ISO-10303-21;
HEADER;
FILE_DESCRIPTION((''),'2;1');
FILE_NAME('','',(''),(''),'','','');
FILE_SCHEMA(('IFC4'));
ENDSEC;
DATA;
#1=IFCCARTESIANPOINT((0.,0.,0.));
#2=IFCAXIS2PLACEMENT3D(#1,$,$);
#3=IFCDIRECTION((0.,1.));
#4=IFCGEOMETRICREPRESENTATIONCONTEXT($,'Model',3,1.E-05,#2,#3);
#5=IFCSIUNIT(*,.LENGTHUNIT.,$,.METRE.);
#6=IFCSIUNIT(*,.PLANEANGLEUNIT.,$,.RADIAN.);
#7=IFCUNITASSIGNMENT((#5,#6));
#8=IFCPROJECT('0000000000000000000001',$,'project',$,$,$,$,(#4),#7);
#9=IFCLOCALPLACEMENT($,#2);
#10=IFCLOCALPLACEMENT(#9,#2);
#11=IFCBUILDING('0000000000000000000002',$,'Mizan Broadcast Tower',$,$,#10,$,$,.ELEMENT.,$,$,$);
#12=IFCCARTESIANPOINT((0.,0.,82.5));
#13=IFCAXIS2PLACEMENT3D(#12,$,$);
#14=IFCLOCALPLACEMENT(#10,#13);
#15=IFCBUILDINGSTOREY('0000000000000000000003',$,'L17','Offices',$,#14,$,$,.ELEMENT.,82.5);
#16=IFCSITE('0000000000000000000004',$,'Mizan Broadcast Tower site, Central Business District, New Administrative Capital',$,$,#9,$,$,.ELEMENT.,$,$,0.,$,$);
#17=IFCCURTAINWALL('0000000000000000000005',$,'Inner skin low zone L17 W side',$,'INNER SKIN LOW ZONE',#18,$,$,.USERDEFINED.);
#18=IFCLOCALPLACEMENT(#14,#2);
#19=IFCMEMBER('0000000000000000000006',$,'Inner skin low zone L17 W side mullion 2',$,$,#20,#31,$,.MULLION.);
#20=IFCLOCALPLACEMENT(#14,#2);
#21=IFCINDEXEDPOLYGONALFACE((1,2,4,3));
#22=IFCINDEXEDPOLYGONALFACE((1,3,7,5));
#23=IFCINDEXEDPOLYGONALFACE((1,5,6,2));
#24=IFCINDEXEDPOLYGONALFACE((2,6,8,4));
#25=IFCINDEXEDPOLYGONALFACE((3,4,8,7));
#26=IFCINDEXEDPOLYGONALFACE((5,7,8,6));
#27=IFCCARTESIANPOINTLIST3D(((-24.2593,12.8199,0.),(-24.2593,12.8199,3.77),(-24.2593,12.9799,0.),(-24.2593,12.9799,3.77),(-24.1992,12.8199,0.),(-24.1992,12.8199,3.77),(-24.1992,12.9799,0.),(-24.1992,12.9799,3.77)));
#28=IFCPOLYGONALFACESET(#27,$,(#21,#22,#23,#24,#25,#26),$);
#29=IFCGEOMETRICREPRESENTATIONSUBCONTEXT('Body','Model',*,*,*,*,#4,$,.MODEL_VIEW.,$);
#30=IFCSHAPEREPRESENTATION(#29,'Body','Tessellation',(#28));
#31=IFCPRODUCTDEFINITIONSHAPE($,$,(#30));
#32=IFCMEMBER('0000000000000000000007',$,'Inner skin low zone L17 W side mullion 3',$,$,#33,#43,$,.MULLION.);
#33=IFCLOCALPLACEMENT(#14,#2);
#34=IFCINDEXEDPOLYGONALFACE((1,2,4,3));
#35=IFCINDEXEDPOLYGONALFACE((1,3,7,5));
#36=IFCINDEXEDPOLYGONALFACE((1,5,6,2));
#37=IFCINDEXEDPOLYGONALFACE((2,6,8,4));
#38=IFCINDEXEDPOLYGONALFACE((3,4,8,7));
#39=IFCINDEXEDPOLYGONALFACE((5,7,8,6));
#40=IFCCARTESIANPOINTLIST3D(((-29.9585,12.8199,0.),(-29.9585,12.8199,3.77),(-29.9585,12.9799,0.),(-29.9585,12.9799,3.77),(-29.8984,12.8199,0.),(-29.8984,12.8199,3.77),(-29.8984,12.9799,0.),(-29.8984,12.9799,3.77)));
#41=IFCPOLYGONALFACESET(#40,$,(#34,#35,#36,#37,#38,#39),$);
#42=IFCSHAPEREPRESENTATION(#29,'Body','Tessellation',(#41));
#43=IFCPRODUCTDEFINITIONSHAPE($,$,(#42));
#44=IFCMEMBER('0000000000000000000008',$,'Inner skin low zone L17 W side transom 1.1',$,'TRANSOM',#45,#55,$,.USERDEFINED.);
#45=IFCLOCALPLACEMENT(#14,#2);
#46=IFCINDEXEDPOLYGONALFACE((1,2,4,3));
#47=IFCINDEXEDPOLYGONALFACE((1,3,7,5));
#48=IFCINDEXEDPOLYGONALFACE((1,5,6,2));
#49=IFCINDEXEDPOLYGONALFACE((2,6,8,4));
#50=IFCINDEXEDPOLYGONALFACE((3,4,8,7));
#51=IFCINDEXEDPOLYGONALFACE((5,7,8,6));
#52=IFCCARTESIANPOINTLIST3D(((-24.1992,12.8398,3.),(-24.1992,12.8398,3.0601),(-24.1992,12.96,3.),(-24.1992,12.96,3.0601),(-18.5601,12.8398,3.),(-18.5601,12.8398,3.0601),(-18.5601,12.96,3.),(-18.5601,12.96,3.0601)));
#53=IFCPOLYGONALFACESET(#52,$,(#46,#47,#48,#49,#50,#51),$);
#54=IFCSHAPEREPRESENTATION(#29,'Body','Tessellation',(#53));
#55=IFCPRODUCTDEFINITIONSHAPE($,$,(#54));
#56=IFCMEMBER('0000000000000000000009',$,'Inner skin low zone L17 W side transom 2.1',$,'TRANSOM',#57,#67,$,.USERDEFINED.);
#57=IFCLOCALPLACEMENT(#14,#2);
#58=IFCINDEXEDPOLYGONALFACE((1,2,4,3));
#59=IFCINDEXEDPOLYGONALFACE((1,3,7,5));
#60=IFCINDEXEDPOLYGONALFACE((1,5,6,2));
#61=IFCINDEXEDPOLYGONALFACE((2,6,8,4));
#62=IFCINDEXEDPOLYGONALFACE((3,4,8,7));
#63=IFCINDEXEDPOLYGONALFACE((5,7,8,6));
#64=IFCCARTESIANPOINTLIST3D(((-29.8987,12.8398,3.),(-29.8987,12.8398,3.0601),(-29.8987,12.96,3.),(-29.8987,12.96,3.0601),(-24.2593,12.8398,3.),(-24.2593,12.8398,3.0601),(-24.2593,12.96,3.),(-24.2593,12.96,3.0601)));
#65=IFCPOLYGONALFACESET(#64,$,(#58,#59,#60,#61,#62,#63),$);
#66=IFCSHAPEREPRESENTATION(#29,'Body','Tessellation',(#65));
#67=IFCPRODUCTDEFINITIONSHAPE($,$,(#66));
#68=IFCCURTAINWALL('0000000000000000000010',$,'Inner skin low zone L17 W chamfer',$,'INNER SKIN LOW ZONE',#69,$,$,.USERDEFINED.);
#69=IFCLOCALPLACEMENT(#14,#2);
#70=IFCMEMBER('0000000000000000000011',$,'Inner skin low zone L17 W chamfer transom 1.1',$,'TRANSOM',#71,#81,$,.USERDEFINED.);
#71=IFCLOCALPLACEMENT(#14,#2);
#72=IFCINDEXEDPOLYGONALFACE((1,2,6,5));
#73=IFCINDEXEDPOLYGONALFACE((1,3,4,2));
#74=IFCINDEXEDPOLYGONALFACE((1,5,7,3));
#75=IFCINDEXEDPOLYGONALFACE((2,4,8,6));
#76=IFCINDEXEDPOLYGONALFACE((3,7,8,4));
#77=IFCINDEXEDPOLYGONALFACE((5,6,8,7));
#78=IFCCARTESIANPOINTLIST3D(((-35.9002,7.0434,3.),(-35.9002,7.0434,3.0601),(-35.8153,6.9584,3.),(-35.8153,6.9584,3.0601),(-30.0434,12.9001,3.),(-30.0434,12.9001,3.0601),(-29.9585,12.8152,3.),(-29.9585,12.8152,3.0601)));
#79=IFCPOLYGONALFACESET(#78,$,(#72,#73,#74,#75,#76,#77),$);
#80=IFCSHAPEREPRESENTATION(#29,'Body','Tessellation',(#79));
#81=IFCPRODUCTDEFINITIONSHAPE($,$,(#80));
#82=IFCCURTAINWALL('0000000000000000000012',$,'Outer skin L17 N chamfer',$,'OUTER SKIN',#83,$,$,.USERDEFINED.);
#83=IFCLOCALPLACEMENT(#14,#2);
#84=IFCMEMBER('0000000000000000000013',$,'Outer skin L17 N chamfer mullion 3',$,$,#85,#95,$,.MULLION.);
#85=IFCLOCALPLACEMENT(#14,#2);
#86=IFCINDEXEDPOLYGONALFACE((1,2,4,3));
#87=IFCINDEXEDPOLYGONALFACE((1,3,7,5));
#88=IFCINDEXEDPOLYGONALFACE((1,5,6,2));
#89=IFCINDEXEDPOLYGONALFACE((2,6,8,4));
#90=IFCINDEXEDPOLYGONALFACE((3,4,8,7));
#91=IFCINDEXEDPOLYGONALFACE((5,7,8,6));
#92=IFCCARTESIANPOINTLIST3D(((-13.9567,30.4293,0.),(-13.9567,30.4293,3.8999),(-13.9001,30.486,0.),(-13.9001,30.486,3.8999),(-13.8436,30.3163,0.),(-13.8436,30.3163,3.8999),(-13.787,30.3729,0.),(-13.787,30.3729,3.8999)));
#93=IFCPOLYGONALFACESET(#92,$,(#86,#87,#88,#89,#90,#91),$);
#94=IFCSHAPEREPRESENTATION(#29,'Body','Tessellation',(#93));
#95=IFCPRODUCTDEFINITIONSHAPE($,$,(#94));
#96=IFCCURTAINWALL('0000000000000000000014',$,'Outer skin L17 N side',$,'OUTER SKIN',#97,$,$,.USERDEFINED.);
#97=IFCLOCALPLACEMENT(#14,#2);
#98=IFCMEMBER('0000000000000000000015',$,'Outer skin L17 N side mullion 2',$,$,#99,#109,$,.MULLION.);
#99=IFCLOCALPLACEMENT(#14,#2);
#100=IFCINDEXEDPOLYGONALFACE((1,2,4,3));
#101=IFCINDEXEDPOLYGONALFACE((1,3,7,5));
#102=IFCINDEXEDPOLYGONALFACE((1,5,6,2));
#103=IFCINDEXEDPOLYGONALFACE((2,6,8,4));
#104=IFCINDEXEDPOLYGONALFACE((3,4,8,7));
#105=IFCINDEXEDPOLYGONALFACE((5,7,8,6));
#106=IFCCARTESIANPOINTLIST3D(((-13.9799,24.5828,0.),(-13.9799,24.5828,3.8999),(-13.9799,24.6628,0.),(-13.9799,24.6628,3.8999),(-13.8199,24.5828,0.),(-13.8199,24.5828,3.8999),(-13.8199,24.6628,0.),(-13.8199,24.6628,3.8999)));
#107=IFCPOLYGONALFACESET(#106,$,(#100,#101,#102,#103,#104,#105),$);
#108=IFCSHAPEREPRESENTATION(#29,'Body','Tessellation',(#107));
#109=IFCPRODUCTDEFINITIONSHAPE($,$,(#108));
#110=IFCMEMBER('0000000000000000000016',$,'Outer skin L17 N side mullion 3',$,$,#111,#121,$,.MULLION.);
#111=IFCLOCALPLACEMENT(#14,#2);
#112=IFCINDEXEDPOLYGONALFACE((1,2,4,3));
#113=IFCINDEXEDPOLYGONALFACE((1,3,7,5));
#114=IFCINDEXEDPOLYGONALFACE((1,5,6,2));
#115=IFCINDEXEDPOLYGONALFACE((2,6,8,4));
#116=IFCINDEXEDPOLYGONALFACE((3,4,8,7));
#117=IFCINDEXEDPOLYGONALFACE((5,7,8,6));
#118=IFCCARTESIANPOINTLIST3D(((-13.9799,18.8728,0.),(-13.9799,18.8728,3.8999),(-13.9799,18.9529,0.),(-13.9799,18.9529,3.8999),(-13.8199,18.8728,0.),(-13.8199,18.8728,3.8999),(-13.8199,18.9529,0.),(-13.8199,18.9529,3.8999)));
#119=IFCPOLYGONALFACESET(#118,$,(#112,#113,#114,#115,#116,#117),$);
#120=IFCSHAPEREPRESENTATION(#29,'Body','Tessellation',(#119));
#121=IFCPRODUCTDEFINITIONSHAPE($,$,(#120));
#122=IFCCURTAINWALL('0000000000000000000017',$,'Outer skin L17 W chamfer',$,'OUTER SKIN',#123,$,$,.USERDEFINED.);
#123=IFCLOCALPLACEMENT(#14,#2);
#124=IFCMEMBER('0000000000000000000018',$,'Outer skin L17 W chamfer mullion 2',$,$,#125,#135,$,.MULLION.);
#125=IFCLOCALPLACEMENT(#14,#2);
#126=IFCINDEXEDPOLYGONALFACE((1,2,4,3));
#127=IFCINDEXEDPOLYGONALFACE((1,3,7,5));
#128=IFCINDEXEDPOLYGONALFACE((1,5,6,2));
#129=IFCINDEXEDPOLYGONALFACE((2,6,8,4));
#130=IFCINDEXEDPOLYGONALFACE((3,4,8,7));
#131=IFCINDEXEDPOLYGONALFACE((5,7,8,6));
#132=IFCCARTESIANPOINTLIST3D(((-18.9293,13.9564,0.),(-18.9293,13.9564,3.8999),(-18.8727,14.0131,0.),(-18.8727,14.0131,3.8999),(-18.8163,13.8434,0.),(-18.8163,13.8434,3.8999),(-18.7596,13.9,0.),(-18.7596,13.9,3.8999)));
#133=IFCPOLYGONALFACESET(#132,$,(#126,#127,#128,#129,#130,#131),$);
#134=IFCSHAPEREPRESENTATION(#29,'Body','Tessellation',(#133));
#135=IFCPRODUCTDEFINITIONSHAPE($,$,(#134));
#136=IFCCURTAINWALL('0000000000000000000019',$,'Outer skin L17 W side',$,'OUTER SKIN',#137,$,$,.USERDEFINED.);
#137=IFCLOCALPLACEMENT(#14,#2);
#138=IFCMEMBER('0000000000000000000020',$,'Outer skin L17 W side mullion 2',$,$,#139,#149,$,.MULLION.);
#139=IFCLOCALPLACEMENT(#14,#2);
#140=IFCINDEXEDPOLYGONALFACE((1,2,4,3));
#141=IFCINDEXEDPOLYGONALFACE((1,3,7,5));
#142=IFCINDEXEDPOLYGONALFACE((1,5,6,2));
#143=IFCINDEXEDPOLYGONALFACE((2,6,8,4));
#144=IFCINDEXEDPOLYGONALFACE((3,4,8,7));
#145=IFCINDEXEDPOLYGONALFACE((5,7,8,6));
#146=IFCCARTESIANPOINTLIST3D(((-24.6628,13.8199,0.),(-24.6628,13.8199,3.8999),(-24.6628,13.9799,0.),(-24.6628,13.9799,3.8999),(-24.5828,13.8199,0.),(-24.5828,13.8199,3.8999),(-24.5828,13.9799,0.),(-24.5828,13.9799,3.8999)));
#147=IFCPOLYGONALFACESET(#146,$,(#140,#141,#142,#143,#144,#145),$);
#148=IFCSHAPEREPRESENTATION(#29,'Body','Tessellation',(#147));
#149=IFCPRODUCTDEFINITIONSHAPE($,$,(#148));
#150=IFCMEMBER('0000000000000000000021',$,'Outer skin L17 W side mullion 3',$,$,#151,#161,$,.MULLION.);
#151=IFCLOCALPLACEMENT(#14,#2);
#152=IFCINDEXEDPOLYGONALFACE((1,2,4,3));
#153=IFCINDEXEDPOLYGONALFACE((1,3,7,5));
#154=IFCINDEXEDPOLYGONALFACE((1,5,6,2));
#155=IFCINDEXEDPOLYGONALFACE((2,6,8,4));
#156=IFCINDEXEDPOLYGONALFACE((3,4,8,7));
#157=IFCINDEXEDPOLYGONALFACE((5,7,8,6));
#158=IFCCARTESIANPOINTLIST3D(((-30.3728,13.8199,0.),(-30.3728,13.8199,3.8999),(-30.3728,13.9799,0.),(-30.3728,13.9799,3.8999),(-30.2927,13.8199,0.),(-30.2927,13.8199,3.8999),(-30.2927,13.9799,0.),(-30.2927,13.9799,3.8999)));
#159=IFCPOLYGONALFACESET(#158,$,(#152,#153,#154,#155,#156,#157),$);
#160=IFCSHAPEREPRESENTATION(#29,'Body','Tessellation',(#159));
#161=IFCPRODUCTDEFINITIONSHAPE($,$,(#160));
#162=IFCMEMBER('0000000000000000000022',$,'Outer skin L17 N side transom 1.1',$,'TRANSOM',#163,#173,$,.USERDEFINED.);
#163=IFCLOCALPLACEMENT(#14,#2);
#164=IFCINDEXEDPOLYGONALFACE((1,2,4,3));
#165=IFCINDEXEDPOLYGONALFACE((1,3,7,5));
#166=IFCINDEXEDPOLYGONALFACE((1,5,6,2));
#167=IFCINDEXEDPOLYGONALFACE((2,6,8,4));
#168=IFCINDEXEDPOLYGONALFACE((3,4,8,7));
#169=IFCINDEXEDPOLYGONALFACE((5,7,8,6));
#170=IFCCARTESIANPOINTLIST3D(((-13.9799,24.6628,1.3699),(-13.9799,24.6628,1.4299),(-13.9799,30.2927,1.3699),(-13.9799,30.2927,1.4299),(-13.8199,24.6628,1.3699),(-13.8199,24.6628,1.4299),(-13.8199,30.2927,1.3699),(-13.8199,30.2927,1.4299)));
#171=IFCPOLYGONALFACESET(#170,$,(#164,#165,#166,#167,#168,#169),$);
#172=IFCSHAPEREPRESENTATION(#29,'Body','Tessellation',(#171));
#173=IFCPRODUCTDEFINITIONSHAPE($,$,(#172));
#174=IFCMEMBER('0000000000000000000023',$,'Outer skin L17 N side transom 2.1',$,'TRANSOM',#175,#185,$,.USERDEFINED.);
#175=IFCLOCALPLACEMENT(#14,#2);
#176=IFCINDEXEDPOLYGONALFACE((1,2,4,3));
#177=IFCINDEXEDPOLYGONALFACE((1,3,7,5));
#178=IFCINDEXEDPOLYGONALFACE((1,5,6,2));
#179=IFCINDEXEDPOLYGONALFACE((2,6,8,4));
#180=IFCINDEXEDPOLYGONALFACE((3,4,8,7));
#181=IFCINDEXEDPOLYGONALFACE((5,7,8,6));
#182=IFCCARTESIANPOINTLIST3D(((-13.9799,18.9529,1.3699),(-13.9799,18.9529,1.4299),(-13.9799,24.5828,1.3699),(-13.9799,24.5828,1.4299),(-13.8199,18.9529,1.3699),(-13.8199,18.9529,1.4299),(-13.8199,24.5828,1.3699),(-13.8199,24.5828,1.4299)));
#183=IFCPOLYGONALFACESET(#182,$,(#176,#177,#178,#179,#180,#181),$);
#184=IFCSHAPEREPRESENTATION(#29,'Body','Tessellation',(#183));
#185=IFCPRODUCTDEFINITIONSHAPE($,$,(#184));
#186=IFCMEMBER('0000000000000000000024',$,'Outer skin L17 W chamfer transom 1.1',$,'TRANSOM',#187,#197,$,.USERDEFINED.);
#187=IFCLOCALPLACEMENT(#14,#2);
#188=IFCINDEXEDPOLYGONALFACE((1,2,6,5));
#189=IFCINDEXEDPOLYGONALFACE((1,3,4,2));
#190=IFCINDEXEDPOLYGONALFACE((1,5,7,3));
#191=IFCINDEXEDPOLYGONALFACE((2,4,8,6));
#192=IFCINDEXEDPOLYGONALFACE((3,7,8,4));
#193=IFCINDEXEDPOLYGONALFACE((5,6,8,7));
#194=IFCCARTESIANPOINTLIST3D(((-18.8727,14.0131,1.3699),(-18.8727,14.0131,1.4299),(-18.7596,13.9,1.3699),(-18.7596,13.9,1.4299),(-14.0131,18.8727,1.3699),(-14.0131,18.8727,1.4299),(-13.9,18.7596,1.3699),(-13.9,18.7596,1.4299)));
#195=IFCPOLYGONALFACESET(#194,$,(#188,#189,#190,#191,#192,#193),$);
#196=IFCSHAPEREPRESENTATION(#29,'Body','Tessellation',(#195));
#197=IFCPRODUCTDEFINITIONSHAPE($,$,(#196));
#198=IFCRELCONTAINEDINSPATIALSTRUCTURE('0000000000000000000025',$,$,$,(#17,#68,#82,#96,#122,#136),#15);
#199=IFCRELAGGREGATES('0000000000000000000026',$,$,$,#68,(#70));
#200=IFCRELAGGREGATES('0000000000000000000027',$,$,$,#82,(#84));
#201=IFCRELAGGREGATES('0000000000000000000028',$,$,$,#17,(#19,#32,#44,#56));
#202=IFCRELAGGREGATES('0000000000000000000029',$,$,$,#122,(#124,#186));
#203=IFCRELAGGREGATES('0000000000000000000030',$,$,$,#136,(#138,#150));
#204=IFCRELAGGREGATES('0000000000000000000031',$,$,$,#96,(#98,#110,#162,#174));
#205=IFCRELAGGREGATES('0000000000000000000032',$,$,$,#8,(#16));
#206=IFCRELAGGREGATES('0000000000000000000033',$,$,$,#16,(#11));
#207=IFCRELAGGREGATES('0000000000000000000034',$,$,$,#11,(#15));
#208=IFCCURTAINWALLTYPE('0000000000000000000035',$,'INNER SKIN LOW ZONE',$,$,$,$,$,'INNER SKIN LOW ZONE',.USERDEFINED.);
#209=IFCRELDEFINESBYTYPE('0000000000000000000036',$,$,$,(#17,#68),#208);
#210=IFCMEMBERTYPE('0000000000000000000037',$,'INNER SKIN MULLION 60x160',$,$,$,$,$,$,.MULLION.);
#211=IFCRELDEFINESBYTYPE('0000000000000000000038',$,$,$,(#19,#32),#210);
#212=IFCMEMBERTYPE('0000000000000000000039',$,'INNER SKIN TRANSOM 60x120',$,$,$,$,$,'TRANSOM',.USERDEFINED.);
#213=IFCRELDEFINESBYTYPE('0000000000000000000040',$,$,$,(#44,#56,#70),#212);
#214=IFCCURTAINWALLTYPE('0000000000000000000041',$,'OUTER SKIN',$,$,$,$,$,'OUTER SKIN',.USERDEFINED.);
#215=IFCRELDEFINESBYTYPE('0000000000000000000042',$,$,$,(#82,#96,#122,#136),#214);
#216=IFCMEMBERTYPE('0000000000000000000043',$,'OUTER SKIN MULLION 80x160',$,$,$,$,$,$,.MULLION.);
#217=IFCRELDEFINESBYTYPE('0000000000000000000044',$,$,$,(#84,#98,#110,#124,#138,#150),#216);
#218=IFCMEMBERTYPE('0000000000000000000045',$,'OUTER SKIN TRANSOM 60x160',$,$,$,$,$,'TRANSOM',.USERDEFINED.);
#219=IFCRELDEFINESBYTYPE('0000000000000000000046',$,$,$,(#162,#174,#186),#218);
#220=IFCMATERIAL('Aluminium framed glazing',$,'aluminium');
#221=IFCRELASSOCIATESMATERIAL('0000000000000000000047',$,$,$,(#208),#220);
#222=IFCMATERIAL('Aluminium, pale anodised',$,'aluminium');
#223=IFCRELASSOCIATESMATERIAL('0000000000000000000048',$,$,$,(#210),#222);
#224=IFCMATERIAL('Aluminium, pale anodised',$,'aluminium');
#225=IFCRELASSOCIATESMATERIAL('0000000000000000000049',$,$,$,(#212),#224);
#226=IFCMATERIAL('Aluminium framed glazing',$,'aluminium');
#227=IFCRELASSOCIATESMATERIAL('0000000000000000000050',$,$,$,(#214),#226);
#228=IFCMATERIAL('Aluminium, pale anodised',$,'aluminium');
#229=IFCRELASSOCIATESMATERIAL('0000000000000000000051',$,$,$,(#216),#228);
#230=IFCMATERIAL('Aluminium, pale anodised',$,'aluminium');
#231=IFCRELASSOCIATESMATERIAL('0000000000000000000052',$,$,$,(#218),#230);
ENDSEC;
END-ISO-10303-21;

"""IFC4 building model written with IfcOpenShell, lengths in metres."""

from ifc_helpers import new_model, si_unit, direction, frame, origin, origin_2d, place, context, subcontext, project, spatial, rectangle, extrude, material, material_profile, profile_set, type_object, element, aggregate, save


model = new_model("IFC4")

# Units and contexts
model_context = context("Model", 3, precision=1e-05, world=origin(), true_north=direction((0.0, 1.0)))
body_context = subcontext(model_context, "Body", "Model", "MODEL_VIEW")
ifc_project = project(units=[si_unit("LENGTHUNIT", "METRE"), si_unit("PLANEANGLEUNIT", "RADIAN")], contexts=[model_context])

# Site, building, storey
site_placement = place(None, origin())
site = spatial("IfcSite", under=ifc_project, at=site_placement, Name="Mizan Broadcast Tower site, Central Business District, New Administrative Capital", CompositionType="ELEMENT", RefElevation=0.0)
building_placement = place(site_placement, origin())
building = spatial("IfcBuilding", under=site, at=building_placement, Name="Mizan Broadcast Tower", CompositionType="ELEMENT")
storey_placement = place(building_placement, frame((0.0, 0.0, 82.5)))
storey = spatial("IfcBuildingStorey", under=building, at=storey_placement, Name="L17", Description="Offices", CompositionType="ELEMENT", Elevation=82.5)

# Curtain wall, members
ifc_material_1 = material(Name="Aluminium framed glazing", Category="aluminium")
curtain_wall_type_1 = type_object("IfcCurtainWallType", Name="INNER SKIN LOW ZONE", ElementType="INNER SKIN LOW ZONE", PredefinedType="USERDEFINED", material=ifc_material_1)
curtain_wall_1_placement = place(storey_placement, origin())
curtain_wall_1 = element("IfcCurtainWall", 1, at=curtain_wall_1_placement, inside=storey, type_object=curtain_wall_type_1, Name="Inner skin low zone L17 W side", ObjectType="INNER SKIN LOW ZONE", PredefinedType="USERDEFINED")
ifc_material_2 = material(Name="Aluminium, pale anodised", Category="aluminium")
ifc_material_profile_1 = material_profile(ifc_material_2, rectangle(XDim=0.1599, YDim=0.0601, at=origin_2d()), Name="MULLION 160x60")
ifc_profile_set_1 = profile_set([ifc_material_profile_1], Name="Aluminium, pale anodised")
member_type_1 = type_object("IfcMemberType", Name="INNER SKIN MULLION 60x160", PredefinedType="MULLION", material=ifc_profile_set_1)
member_1_placement = place(storey_placement, frame((-24.2292, 12.8999, 0.0), z_axis=(0.0, 0.0, 1.0), x_axis=(0.0, -1.0, 0.0)))
member_1 = element("IfcMember", 2, at=member_1_placement, type_object=member_type_1, Name="Inner skin low zone L17 W side mullion 2", PredefinedType="MULLION", context=body_context, shape_type="SweptSolid", body=[
    extrude(rectangle(XDim=0.1599, YDim=0.0601, at=origin_2d()), origin(), (0.0, 0.0, 1.0), 3.77),
])
member_2_placement = place(storey_placement, frame((-29.9285, 12.8999, 0.0), z_axis=(0.0, 0.0, 1.0), x_axis=(0.0, -1.0, 0.0)))
member_2 = element("IfcMember", 3, at=member_2_placement, type_object=member_type_1, Name="Inner skin low zone L17 W side mullion 3", PredefinedType="MULLION", context=body_context, shape_type="SweptSolid", body=[
    extrude(rectangle(XDim=0.1599, YDim=0.0601, at=origin_2d()), origin(), (0.0, 0.0, 1.0), 3.77),
])
ifc_material_3 = material(Name="Aluminium, pale anodised", Category="aluminium")
ifc_material_profile_2 = material_profile(ifc_material_3, rectangle(XDim=0.1201, YDim=0.0601, at=origin_2d()), Name="TRANSOM 120x60")
ifc_profile_set_2 = profile_set([ifc_material_profile_2], Name="Aluminium, pale anodised")
member_type_2 = type_object("IfcMemberType", Name="INNER SKIN TRANSOM 60x120", ElementType="TRANSOM", PredefinedType="USERDEFINED", material=ifc_profile_set_2)
member_3_placement = place(storey_placement, frame((-18.5601, 12.8999, 3.03), z_axis=(-1.0, 0.0, 0.0), x_axis=(0.0, -1.0, 0.0)))
member_3 = element("IfcMember", 4, at=member_3_placement, type_object=member_type_2, Name="Inner skin low zone L17 W side transom 1.1", ObjectType="TRANSOM", PredefinedType="USERDEFINED", context=body_context, shape_type="SweptSolid", body=[
    extrude(rectangle(XDim=0.1201, YDim=0.0601, at=origin_2d()), origin(), (0.0, 0.0, 1.0), 5.6392),
])
member_4_placement = place(storey_placement, frame((-24.2593, 12.8999, 3.03), z_axis=(-1.0, 0.0, 0.0), x_axis=(0.0, -1.0, 0.0)))
member_4 = element("IfcMember", 5, at=member_4_placement, type_object=member_type_2, Name="Inner skin low zone L17 W side transom 2.1", ObjectType="TRANSOM", PredefinedType="USERDEFINED", context=body_context, shape_type="SweptSolid", body=[
    extrude(rectangle(XDim=0.1201, YDim=0.0601, at=origin_2d()), origin(), (0.0, 0.0, 1.0), 5.6394),
])

# Curtain walls, members
curtain_wall_2_placement = place(storey_placement, origin())
curtain_wall_2 = element("IfcCurtainWall", 6, at=curtain_wall_2_placement, inside=storey, type_object=curtain_wall_type_1, Name="Inner skin low zone L17 W chamfer", ObjectType="INNER SKIN LOW ZONE", PredefinedType="USERDEFINED")
member_5_placement = place(storey_placement, frame((-30.001, 12.8577, 3.03), z_axis=(-0.707107, -0.707107, 0.0), x_axis=(0.707107, -0.707107, 0.0)))
member_5 = element("IfcMember", 7, at=member_5_placement, type_object=member_type_2, Name="Inner skin low zone L17 W chamfer transom 1.1", ObjectType="TRANSOM", PredefinedType="USERDEFINED", context=body_context, shape_type="SweptSolid", body=[
    extrude(rectangle(XDim=0.1201, YDim=0.0601, at=origin_2d()), origin(), (0.0, 0.0, 1.0), 8.2827),
])
aggregate(curtain_wall_2, [member_5])
ifc_material_4 = material(Name="Aluminium framed glazing", Category="aluminium")
curtain_wall_type_2 = type_object("IfcCurtainWallType", Name="OUTER SKIN", ElementType="OUTER SKIN", PredefinedType="USERDEFINED", material=ifc_material_4)
curtain_wall_3_placement = place(storey_placement, origin())
curtain_wall_3 = element("IfcCurtainWall", 8, at=curtain_wall_3_placement, inside=storey, type_object=curtain_wall_type_2, Name="Outer skin L17 N chamfer", ObjectType="OUTER SKIN", PredefinedType="USERDEFINED")
ifc_material_5 = material(Name="Aluminium, pale anodised", Category="aluminium")
ifc_material_profile_3 = material_profile(ifc_material_5, rectangle(XDim=0.1599, YDim=0.0801, at=origin_2d()), Name="MULLION 160x80")
ifc_profile_set_3 = profile_set([ifc_material_profile_3], Name="Aluminium, pale anodised")
member_type_3 = type_object("IfcMemberType", Name="OUTER SKIN MULLION 80x160", PredefinedType="MULLION", material=ifc_profile_set_3)
member_6_placement = place(storey_placement, frame((-13.8718, 30.4011, 0.0), z_axis=(0.0, 0.0, 1.0), x_axis=(0.707107, -0.707107, 0.0)))
member_6 = element("IfcMember", 9, at=member_6_placement, type_object=member_type_3, Name="Outer skin L17 N chamfer mullion 3", PredefinedType="MULLION", context=body_context, shape_type="SweptSolid", body=[
    extrude(rectangle(XDim=0.1599, YDim=0.0801, at=origin_2d()), origin(), (0.0, 0.0, 1.0), 3.8999),
])
aggregate(curtain_wall_3, [member_6])

# Curtain wall, members
curtain_wall_4_placement = place(storey_placement, origin())
curtain_wall_4 = element("IfcCurtainWall", 10, at=curtain_wall_4_placement, inside=storey, type_object=curtain_wall_type_2, Name="Outer skin L17 N side", ObjectType="OUTER SKIN", PredefinedType="USERDEFINED")
member_7_placement = place(storey_placement, frame((-13.8999, 24.6228, 0.0), z_axis=(0.0, 0.0, 1.0), x_axis=(1.0, 0.0, 0.0)))
member_7 = element("IfcMember", 11, at=member_7_placement, type_object=member_type_3, Name="Outer skin L17 N side mullion 2", PredefinedType="MULLION", context=body_context, shape_type="SweptSolid", body=[
    extrude(rectangle(XDim=0.1599, YDim=0.0801, at=origin_2d()), origin(), (0.0, 0.0, 1.0), 3.8999),
])
member_8_placement = place(storey_placement, frame((-13.8999, 18.9128, 0.0), z_axis=(0.0, 0.0, 1.0), x_axis=(1.0, 0.0, 0.0)))
member_8 = element("IfcMember", 12, at=member_8_placement, type_object=member_type_3, Name="Outer skin L17 N side mullion 3", PredefinedType="MULLION", context=body_context, shape_type="SweptSolid", body=[
    extrude(rectangle(XDim=0.1599, YDim=0.0801, at=origin_2d()), origin(), (0.0, 0.0, 1.0), 3.8999),
])

# Curtain wall, member
curtain_wall_5_placement = place(storey_placement, origin())
curtain_wall_5 = element("IfcCurtainWall", 13, at=curtain_wall_5_placement, inside=storey, type_object=curtain_wall_type_2, Name="Outer skin L17 W chamfer", ObjectType="OUTER SKIN", PredefinedType="USERDEFINED")
member_9_placement = place(storey_placement, frame((-18.8445, 13.9282, 0.0), z_axis=(0.0, 0.0, 1.0), x_axis=(0.707107, -0.707107, 0.0)))
member_9 = element("IfcMember", 14, at=member_9_placement, type_object=member_type_3, Name="Outer skin L17 W chamfer mullion 2", PredefinedType="MULLION", context=body_context, shape_type="SweptSolid", body=[
    extrude(rectangle(XDim=0.1599, YDim=0.0801, at=origin_2d()), origin(), (0.0, 0.0, 1.0), 3.8999),
])

# Curtain wall, members
curtain_wall_6_placement = place(storey_placement, origin())
curtain_wall_6 = element("IfcCurtainWall", 15, at=curtain_wall_6_placement, inside=storey, type_object=curtain_wall_type_2, Name="Outer skin L17 W side", ObjectType="OUTER SKIN", PredefinedType="USERDEFINED")
member_10_placement = place(storey_placement, frame((-24.6228, 13.8999, 0.0), z_axis=(0.0, 0.0, 1.0), x_axis=(0.0, -1.0, 0.0)))
member_10 = element("IfcMember", 16, at=member_10_placement, type_object=member_type_3, Name="Outer skin L17 W side mullion 2", PredefinedType="MULLION", context=body_context, shape_type="SweptSolid", body=[
    extrude(rectangle(XDim=0.1599, YDim=0.0801, at=origin_2d()), origin(), (0.0, 0.0, 1.0), 3.8999),
])
member_11_placement = place(storey_placement, frame((-30.3328, 13.8999, 0.0), z_axis=(0.0, 0.0, 1.0), x_axis=(0.0, -1.0, 0.0)))
member_11 = element("IfcMember", 17, at=member_11_placement, type_object=member_type_3, Name="Outer skin L17 W side mullion 3", PredefinedType="MULLION", context=body_context, shape_type="SweptSolid", body=[
    extrude(rectangle(XDim=0.1599, YDim=0.0801, at=origin_2d()), origin(), (0.0, 0.0, 1.0), 3.8999),
])

# Members
ifc_material_6 = material(Name="Aluminium, pale anodised", Category="aluminium")
ifc_material_profile_4 = material_profile(ifc_material_6, rectangle(XDim=0.1599, YDim=0.0601, at=origin_2d()), Name="TRANSOM 160x60")
ifc_profile_set_4 = profile_set([ifc_material_profile_4], Name="Aluminium, pale anodised")
member_type_4 = type_object("IfcMemberType", Name="OUTER SKIN TRANSOM 60x160", ElementType="TRANSOM", PredefinedType="USERDEFINED", material=ifc_profile_set_4)
member_12_placement = place(storey_placement, frame((-13.8999, 30.2927, 1.3999), z_axis=(0.0, -1.0, 0.0), x_axis=(1.0, 0.0, 0.0)))
member_12 = element("IfcMember", 18, at=member_12_placement, type_object=member_type_4, Name="Outer skin L17 N side transom 1.1", ObjectType="TRANSOM", PredefinedType="USERDEFINED", context=body_context, shape_type="SweptSolid", body=[
    extrude(rectangle(XDim=0.1599, YDim=0.0601, at=origin_2d()), origin(), (0.0, 0.0, 1.0), 5.6299),
])
member_13_placement = place(storey_placement, frame((-13.8999, 24.5828, 1.3999), z_axis=(0.0, -1.0, 0.0), x_axis=(1.0, 0.0, 0.0)))
member_13 = element("IfcMember", 19, at=member_13_placement, type_object=member_type_4, Name="Outer skin L17 N side transom 2.1", ObjectType="TRANSOM", PredefinedType="USERDEFINED", context=body_context, shape_type="SweptSolid", body=[
    extrude(rectangle(XDim=0.1599, YDim=0.0601, at=origin_2d()), origin(), (0.0, 0.0, 1.0), 5.6299),
])
member_14_placement = place(storey_placement, frame((-13.9565, 18.8162, 1.3999), z_axis=(-0.707107, -0.707107, 0.0), x_axis=(0.707107, -0.707107, 0.0)))
member_14 = element("IfcMember", 20, at=member_14_placement, type_object=member_type_4, Name="Outer skin L17 W chamfer transom 1.1", ObjectType="TRANSOM", PredefinedType="USERDEFINED", context=body_context, shape_type="SweptSolid", body=[
    extrude(rectangle(XDim=0.1599, YDim=0.0601, at=origin_2d()), origin(), (0.0, 0.0, 1.0), 6.8726),
])

aggregate(curtain_wall_1, [member_1, member_2, member_3, member_4])
aggregate(curtain_wall_5, [member_9, member_14])
aggregate(curtain_wall_6, [member_10, member_11])
aggregate(curtain_wall_4, [member_7, member_8, member_12, member_13])

save(model, "model.ifc")
